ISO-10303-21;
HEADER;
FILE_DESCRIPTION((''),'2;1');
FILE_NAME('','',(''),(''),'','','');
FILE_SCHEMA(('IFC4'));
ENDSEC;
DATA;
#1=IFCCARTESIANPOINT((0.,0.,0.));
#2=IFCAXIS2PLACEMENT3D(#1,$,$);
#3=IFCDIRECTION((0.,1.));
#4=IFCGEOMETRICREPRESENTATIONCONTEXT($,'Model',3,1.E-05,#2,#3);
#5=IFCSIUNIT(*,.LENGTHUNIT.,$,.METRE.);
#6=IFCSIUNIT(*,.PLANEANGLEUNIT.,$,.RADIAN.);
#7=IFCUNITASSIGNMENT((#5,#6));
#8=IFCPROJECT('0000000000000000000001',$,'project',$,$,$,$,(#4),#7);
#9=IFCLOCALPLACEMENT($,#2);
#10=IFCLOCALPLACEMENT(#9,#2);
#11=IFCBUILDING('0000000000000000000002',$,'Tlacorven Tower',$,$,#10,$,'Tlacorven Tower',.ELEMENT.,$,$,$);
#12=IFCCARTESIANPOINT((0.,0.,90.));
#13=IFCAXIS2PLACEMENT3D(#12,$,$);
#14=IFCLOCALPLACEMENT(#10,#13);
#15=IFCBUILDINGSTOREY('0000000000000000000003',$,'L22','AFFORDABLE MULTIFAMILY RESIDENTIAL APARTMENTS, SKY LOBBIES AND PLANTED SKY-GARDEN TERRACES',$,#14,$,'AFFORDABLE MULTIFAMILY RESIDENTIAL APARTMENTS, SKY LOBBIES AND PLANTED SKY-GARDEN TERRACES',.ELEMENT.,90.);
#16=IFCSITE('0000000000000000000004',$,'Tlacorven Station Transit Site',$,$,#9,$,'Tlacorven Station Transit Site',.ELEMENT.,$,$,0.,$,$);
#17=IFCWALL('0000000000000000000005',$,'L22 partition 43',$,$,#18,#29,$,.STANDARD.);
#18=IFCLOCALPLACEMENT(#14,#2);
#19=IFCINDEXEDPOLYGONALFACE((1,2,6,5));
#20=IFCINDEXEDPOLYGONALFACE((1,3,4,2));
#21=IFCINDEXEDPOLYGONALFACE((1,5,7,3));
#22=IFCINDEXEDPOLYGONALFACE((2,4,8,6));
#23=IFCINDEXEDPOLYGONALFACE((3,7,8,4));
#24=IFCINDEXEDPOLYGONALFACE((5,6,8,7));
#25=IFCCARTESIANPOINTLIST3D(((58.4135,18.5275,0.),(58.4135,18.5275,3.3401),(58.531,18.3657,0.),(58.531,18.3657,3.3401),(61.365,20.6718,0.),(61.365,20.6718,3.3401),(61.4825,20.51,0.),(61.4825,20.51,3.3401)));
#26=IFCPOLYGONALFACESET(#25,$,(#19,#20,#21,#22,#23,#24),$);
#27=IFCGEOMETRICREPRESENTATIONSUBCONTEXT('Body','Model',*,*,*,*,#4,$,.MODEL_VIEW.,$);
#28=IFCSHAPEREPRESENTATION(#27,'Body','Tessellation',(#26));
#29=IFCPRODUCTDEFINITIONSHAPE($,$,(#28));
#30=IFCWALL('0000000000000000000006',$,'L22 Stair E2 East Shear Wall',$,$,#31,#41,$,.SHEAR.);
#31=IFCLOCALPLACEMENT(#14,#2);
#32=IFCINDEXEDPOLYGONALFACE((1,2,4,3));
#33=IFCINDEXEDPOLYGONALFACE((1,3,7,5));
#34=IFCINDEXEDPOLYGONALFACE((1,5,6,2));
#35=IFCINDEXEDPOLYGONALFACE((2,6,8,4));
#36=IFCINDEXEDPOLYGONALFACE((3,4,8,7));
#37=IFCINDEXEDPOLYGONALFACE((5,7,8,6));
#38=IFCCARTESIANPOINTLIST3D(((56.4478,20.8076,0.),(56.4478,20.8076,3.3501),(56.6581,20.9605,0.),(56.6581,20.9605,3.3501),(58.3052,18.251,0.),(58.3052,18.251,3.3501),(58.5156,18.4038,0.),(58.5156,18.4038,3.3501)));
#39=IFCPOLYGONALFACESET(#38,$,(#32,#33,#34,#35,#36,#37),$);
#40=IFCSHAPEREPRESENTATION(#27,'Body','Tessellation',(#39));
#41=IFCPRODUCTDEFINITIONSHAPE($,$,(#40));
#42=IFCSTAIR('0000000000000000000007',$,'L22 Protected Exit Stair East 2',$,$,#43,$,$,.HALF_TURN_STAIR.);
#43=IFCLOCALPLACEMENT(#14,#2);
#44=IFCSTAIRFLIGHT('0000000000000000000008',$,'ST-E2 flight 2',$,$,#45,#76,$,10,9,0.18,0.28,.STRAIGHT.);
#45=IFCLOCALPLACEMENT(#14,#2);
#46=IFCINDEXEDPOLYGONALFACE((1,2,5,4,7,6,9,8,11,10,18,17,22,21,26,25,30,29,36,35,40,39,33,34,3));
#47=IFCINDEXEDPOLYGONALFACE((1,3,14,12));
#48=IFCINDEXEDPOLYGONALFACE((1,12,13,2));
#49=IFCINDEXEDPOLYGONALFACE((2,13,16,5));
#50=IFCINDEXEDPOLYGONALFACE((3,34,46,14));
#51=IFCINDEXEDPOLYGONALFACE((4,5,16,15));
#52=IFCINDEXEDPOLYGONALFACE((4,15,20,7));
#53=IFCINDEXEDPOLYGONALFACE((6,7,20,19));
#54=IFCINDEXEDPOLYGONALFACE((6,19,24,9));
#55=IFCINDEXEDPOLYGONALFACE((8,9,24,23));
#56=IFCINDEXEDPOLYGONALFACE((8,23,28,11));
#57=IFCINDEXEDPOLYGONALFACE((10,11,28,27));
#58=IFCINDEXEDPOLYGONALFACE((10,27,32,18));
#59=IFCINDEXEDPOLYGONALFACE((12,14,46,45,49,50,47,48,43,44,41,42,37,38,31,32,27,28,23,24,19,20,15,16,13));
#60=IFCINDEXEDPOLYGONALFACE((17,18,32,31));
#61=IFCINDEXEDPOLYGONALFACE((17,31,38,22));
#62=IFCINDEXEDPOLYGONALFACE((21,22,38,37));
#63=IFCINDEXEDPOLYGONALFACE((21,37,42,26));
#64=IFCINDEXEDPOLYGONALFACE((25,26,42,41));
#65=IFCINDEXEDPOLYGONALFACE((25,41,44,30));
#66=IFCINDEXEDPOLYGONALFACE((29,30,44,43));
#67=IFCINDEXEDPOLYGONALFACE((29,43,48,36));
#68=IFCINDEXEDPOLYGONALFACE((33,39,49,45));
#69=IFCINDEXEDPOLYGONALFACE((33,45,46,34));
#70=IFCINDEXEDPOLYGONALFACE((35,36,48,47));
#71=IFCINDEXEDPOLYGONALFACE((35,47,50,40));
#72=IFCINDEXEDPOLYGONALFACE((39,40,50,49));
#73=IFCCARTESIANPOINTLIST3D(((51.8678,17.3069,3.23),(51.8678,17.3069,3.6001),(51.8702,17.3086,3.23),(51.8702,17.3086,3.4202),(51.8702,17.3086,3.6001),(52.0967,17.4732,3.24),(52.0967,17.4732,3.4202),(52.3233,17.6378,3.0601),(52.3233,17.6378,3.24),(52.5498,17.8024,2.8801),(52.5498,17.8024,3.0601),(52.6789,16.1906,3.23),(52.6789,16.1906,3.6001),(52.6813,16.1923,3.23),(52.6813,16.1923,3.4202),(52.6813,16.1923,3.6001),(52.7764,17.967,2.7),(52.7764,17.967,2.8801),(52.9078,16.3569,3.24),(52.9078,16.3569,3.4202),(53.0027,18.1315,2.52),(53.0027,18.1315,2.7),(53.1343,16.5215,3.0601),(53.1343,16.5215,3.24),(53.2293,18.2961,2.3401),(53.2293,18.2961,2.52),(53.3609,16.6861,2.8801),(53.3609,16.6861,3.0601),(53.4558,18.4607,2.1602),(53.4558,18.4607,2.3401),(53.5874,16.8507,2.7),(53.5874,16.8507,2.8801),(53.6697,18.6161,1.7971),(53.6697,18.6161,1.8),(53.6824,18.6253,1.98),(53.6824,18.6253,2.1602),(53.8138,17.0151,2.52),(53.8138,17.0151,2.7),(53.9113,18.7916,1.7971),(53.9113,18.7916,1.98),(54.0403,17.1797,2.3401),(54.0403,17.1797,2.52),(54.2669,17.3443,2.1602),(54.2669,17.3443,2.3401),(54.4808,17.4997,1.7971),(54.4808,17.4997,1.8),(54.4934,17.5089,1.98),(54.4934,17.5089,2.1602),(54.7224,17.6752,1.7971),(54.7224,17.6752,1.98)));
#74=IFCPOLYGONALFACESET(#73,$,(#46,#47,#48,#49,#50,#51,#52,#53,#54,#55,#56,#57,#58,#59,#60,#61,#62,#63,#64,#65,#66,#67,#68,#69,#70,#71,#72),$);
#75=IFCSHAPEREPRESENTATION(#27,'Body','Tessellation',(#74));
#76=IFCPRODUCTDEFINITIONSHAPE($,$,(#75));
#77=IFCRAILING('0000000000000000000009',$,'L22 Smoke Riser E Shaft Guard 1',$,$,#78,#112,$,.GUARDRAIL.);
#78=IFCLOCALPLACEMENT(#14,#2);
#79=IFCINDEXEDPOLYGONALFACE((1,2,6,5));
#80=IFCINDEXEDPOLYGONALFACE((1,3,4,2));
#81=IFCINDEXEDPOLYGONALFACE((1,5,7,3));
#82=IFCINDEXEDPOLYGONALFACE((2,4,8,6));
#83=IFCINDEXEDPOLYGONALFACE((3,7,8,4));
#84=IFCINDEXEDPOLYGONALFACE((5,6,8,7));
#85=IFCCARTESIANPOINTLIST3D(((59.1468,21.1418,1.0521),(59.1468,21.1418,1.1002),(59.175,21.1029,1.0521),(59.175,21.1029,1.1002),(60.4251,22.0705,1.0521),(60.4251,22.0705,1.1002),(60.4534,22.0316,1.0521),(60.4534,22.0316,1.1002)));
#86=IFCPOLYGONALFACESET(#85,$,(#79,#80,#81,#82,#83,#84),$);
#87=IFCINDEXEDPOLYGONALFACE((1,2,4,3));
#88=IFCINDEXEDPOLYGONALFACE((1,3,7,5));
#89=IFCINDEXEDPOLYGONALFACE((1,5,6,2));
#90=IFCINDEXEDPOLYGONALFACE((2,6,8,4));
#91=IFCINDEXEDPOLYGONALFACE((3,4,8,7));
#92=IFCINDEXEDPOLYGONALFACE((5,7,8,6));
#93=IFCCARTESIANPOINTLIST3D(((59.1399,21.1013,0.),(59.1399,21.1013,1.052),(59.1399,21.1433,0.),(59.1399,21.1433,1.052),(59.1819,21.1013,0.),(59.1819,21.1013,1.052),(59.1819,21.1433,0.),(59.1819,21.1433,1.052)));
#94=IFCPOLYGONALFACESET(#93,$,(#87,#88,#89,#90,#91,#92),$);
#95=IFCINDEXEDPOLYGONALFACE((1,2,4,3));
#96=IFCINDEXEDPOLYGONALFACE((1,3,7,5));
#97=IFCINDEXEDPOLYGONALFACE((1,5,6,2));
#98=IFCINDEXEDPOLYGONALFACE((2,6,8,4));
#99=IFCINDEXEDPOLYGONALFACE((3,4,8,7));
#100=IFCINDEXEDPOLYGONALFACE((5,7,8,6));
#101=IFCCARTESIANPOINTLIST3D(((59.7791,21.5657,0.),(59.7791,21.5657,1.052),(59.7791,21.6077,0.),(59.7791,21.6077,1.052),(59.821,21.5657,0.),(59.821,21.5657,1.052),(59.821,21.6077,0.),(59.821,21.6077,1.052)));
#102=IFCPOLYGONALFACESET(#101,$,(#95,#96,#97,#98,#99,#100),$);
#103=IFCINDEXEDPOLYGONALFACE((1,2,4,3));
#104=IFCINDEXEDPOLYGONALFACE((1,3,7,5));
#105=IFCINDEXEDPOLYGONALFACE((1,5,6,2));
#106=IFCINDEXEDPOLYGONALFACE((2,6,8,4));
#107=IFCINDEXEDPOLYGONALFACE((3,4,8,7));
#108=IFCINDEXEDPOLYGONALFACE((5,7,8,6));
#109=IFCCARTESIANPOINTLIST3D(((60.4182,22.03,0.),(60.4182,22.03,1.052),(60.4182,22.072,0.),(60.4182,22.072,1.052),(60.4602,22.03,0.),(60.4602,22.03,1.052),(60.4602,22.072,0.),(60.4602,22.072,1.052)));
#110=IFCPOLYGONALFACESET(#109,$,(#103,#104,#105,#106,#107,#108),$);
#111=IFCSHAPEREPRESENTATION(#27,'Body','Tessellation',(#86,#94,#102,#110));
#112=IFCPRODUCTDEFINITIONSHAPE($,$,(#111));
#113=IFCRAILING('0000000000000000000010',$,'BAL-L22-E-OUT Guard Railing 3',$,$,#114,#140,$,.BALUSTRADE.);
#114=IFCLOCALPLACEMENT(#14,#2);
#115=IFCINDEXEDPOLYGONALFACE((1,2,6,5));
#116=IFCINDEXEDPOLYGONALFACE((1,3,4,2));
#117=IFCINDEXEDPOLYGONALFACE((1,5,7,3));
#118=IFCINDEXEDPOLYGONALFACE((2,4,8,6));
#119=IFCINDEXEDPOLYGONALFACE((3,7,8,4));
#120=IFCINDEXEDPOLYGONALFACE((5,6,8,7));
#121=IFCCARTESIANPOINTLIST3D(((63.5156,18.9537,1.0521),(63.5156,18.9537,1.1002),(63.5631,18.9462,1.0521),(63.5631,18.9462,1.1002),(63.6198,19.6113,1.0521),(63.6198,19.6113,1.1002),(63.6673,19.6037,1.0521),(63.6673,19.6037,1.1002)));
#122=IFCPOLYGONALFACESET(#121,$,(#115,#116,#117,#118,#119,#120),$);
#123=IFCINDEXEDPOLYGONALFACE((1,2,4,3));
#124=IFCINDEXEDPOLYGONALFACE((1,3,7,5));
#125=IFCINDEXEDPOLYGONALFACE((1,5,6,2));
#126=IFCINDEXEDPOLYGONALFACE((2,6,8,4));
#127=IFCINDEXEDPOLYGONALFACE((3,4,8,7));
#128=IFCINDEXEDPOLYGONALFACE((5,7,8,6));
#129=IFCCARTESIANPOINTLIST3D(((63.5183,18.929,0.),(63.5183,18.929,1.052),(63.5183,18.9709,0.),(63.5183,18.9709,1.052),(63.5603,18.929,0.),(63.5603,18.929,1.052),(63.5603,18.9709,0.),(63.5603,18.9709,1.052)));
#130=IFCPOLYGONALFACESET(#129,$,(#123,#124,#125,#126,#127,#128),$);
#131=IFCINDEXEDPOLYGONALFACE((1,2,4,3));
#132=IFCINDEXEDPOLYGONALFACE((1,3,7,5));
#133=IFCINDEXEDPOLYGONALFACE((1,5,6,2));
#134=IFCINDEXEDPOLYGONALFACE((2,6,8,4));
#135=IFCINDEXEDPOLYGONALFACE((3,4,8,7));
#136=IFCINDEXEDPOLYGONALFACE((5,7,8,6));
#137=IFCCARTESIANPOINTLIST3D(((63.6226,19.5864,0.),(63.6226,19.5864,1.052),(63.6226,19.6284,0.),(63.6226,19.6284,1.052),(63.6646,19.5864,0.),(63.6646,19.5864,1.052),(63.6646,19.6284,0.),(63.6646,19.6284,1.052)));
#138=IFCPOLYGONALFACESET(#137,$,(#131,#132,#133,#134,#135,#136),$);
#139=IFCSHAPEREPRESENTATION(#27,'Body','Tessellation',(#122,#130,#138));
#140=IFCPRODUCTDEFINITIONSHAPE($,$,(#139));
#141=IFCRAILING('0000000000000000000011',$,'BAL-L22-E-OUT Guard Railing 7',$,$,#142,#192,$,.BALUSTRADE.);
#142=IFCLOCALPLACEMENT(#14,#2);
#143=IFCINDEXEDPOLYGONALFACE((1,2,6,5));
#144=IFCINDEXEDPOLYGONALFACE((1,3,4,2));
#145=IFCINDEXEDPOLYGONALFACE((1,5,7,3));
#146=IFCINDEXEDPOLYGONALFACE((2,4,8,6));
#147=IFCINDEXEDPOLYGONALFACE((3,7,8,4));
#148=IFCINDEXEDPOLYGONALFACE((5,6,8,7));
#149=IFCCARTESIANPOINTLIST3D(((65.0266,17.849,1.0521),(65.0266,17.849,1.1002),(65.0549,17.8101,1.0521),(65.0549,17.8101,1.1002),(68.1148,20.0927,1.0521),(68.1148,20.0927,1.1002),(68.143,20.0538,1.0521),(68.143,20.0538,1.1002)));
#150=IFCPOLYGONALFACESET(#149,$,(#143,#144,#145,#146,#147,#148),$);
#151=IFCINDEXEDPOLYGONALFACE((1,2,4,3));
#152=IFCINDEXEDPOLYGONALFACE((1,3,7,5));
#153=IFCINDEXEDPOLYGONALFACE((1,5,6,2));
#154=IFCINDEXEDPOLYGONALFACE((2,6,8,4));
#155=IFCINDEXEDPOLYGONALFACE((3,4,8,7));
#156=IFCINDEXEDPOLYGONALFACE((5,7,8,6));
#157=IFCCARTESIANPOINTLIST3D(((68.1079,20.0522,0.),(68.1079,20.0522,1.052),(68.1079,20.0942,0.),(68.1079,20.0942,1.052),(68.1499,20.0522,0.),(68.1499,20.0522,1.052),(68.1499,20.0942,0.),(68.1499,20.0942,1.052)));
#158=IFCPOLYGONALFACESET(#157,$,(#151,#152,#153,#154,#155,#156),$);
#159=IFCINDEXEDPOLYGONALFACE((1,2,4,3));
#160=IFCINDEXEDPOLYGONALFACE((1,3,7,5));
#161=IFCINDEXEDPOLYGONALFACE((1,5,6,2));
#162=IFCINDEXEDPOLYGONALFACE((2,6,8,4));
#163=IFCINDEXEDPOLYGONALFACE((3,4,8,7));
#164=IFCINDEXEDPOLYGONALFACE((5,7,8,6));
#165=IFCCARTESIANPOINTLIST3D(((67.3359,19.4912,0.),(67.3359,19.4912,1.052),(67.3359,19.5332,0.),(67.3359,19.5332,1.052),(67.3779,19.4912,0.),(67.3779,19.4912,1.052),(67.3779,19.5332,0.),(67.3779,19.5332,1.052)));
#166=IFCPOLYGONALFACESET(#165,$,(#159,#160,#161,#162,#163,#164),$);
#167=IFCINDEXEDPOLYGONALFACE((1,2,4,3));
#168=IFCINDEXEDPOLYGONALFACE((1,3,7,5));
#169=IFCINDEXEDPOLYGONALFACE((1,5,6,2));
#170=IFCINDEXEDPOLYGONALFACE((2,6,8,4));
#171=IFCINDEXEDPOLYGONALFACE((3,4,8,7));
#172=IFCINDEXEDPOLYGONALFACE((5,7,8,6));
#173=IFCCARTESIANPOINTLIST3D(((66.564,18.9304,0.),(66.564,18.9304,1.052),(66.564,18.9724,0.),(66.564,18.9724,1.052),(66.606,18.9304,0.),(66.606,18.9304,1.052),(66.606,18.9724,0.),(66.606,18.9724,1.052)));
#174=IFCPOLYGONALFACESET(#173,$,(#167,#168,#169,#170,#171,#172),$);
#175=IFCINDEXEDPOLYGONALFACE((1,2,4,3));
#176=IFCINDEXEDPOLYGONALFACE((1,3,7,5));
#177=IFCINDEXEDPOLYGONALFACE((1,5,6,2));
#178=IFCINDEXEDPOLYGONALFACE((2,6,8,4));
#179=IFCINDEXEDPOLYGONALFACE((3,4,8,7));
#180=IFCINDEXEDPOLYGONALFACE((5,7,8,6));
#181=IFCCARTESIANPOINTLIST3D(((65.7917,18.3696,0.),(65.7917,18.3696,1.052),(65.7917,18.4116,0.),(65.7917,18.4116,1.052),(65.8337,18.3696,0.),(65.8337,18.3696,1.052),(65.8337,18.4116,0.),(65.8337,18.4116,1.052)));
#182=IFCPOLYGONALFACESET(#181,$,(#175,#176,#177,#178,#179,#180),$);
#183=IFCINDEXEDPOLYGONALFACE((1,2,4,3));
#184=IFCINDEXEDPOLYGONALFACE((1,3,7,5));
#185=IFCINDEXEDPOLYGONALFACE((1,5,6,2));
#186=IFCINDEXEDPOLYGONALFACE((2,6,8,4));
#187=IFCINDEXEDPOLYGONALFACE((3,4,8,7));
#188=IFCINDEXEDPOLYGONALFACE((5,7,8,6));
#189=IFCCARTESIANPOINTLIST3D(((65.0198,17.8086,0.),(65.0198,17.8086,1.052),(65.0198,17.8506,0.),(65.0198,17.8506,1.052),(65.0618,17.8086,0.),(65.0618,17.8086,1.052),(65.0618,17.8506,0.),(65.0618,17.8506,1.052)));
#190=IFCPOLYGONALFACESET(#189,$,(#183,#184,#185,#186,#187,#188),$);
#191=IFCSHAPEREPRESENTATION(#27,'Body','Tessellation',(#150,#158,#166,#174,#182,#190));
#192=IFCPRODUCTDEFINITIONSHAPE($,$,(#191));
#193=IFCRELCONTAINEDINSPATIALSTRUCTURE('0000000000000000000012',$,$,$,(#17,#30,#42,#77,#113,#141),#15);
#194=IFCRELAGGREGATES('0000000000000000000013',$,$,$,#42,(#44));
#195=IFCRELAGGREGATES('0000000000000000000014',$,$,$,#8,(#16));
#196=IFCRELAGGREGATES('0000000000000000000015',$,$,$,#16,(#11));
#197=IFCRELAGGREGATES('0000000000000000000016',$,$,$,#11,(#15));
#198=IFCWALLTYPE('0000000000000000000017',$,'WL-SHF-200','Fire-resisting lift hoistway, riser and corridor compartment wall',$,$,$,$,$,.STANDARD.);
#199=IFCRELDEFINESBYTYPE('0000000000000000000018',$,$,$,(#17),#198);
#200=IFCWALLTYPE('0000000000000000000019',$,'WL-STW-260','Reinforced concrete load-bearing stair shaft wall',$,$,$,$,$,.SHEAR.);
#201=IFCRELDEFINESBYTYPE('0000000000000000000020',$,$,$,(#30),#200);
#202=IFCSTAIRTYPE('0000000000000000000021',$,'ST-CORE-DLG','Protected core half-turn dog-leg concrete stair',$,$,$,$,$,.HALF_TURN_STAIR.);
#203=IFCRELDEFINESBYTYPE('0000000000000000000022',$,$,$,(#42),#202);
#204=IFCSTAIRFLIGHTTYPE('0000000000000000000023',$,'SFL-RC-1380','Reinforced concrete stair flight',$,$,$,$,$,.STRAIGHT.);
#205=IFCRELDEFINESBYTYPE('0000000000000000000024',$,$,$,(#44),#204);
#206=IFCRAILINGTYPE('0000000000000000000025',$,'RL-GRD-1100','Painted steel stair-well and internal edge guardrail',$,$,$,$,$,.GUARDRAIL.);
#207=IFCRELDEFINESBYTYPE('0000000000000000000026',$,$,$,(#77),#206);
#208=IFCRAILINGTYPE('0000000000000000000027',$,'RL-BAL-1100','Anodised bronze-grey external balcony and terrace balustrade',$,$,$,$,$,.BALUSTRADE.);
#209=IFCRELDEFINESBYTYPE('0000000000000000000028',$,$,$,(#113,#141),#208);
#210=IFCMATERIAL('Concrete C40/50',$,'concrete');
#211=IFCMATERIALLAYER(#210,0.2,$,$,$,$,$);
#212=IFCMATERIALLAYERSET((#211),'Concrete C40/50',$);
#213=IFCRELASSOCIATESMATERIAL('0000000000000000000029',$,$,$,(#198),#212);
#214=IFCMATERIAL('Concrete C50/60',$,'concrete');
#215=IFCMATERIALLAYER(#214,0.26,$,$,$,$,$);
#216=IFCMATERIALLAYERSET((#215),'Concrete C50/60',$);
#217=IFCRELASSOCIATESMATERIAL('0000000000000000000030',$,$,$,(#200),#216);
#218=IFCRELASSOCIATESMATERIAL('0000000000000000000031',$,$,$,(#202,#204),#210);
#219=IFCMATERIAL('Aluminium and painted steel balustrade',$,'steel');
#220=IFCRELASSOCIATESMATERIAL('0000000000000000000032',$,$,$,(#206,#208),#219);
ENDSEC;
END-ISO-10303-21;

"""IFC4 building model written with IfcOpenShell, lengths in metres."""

from ifc_helpers import new_model, si_unit, direction, frame, frame_2d, origin, origin_2d, place, context, subcontext, project, spatial, polyline, rectangle, outline, extrude, source, transform, mapped, material, layer, layer_set, type_object, element, aggregate, save


model = new_model("IFC4")

# Units and contexts
model_context = context("Model", 3, precision=1e-05, world=origin(), true_north=direction((0.0, 1.0)))
body_context = subcontext(model_context, "Body", "Model", "MODEL_VIEW")
ifc_project = project(units=[si_unit("LENGTHUNIT", "METRE"), si_unit("PLANEANGLEUNIT", "RADIAN")], contexts=[model_context])

# Site, building, storey
site_placement = place(None, origin())
site = spatial("IfcSite", under=ifc_project, at=site_placement, Name="Tlacorven Station Transit Site", LongName="Tlacorven Station Transit Site", CompositionType="ELEMENT", RefElevation=0.0)
building_placement = place(site_placement, origin())
building = spatial("IfcBuilding", under=site, at=building_placement, Name="Tlacorven Tower", LongName="Tlacorven Tower", CompositionType="ELEMENT")
storey_placement = place(building_placement, frame((0.0, 0.0, 90.0)))
storey = spatial("IfcBuildingStorey", under=building, at=storey_placement, Name="L22", Description="AFFORDABLE MULTIFAMILY RESIDENTIAL APARTMENTS, SKY LOBBIES AND PLANTED SKY-GARDEN TERRACES", LongName="AFFORDABLE MULTIFAMILY RESIDENTIAL APARTMENTS, SKY LOBBIES AND PLANTED SKY-GARDEN TERRACES", CompositionType="ELEMENT", Elevation=90.0)

# Shared definitions
ifc_material_1 = material(Name="Concrete C40/50", Category="concrete")
ifc_layer_1 = layer(ifc_material_1, 0.2)
ifc_layer_set_1 = layer_set([ifc_layer_1], Name="Concrete C40/50")
wall_type_1 = type_object("IfcWallType", Name="WL-SHF-200", Description="Fire-resisting lift hoistway, riser and corridor compartment wall", PredefinedType="STANDARD", material=ifc_layer_set_1)

# Walls
wall_1_placement = place(storey_placement, frame((58.4722, 18.4465, 0.0), z_axis=(0.0, 0.0, 1.0), x_axis=(0.809022, 0.587778, 0.0)))
element("IfcWall", 1, at=wall_1_placement, inside=storey, type_object=wall_type_1, Name="L22 partition 43", PredefinedType="STANDARD", context=body_context, shape_type="SweptSolid", body=[
    extrude(rectangle(XDim=3.6482, YDim=0.2, at=frame_2d((1.8242, 0.0))), origin(), (0.0, 0.0, 1.0), 3.3401),
])
ifc_material_2 = material(Name="Concrete C50/60", Category="concrete")
ifc_layer_2 = layer(ifc_material_2, 0.26)
ifc_layer_set_2 = layer_set([ifc_layer_2], Name="Concrete C50/60")
wall_type_2 = type_object("IfcWallType", Name="WL-STW-260", Description="Reinforced concrete load-bearing stair shaft wall", PredefinedType="SHEAR", material=ifc_layer_set_2)
wall_2_placement = place(storey_placement, frame((58.4104, 18.3274, 0.0), z_axis=(0.0, 0.0, 1.0), x_axis=(-0.587767, 0.80903, 0.0)))
element("IfcWall", 2, at=wall_2_placement, inside=storey, type_object=wall_type_2, Name="L22 Stair E2 East Shear Wall", PredefinedType="SHEAR", context=body_context, shape_type="SweptSolid", body=[
    extrude(rectangle(XDim=3.1602, YDim=0.26, at=frame_2d((1.5801, 0.0))), origin(), (0.0, 0.0, 1.0), 3.3501),
])

# Stair, stair flight
stair_type = type_object("IfcStairType", Name="ST-CORE-DLG", Description="Protected core half-turn dog-leg concrete stair", PredefinedType="HALF_TURN_STAIR", material=ifc_material_1)
stair_placement = place(storey_placement, origin())
stair = element("IfcStair", 3, at=stair_placement, inside=storey, type_object=stair_type, Name="L22 Protected Exit Stair East 2", PredefinedType="HALF_TURN_STAIR")
stair_flight_type = type_object("IfcStairFlightType", Name="SFL-RC-1380", Description="Reinforced concrete stair flight", PredefinedType="STRAIGHT", material=ifc_material_1)
shared_shape_1 = source(origin(), body_context, "Body", "SweptSolid", [
    extrude(outline(polyline([(-0.0029, -0.0029), (-0.0029, 0.1799), (0.28, 0.1799), (0.28, 0.3601), (0.5601, 0.3601), (0.5601, 0.54), (0.8401, 0.54), (0.8401, 0.72), (1.1201, 0.72), (1.1201, 0.8999), (1.3999, 0.8999), (1.3999, 1.0801), (1.6799, 1.0801), (1.6799, 1.26), (1.96, 1.26), (1.96, 1.4399), (2.24, 1.4399), (2.24, 1.6201), (2.52, 1.6201), (2.52, 1.8), (2.5229, 1.8), (2.5229, 1.4299), (2.52, 1.4299), (0.2957, 0.0), (0.2957, -0.0029), (-0.0029, -0.0029)])), frame((0.0, 0.6899, 0.0), z_axis=(0.0, -1.0, 0.0), x_axis=(1.0, 0.0, 0.0)), (0.0, 0.0, 1.0), 1.3799),
])
stair_flight_placement = place(storey_placement, frame((54.3145, 18.2317, 1.8), z_axis=(0.0, 0.0, 1.0), x_axis=(-0.809017, -0.587785, 0.0)))
stair_flight = element("IfcStairFlight", 4, at=stair_flight_placement, type_object=stair_flight_type, Name="ST-E2 flight 2", NumberOfRisers=10, NumberOfTreads=9, PredefinedType="STRAIGHT", RiserHeight=0.18, TreadLength=0.28, context=body_context, shape_type="MappedRepresentation", body=[
    mapped(shared_shape_1, transform((0.0, 0.0, 0.0), scale=1.0)),
])
aggregate(stair, [stair_flight])

# Railings
ifc_material_3 = material(Name="Aluminium and painted steel balustrade", Category="steel")
railing_type_1 = type_object("IfcRailingType", Name="RL-GRD-1100", Description="Painted steel stair-well and internal edge guardrail", PredefinedType="GUARDRAIL", material=ifc_material_3)
shared_shape_2 = source(origin(), body_context, "Body", "SweptSolid", [
    extrude(rectangle(XDim=0.0481, YDim=0.0481, at=origin_2d()), frame((0.0, 0.0, 1.0762), z_axis=(0.80903, 0.587767, 0.0), x_axis=(-0.587767, 0.80903, 0.0)), (0.0, 0.0, 1.0), 1.5801),
    extrude(rectangle(XDim=0.042, YDim=0.042, at=origin_2d()), origin(), (0.0, 0.0, 1.0), 1.052),
    extrude(rectangle(XDim=0.042, YDim=0.042, at=origin_2d()), frame((0.6392, 0.4644, 0.0)), (0.0, 0.0, 1.0), 1.052),
    extrude(rectangle(XDim=0.042, YDim=0.042, at=origin_2d()), frame((1.2783, 0.9287, 0.0)), (0.0, 0.0, 1.0), 1.052),
])
railing_1_placement = place(storey_placement, frame((59.1609, 21.1223, 0.0)))
element("IfcRailing", 5, at=railing_1_placement, inside=storey, type_object=railing_type_1, Name="L22 Smoke Riser E Shaft Guard 1", PredefinedType="GUARDRAIL", context=body_context, shape_type="MappedRepresentation", body=[
    mapped(shared_shape_2, transform((0.0, 0.0, 0.0), scale=1.0)),
])
railing_type_2 = type_object("IfcRailingType", Name="RL-BAL-1100", Description="Anodised bronze-grey external balcony and terrace balustrade", PredefinedType="BALUSTRADE", material=ifc_material_3)
shared_shape_3 = source(origin(), body_context, "Body", "SweptSolid", [
    extrude(rectangle(XDim=0.0481, YDim=0.0481, at=origin_2d()), frame((0.0, 0.0, 1.0762), z_axis=(0.156603, 0.987662, 0.0), x_axis=(-0.987662, 0.156603, 0.0)), (0.0, 0.0, 1.0), 0.6658),
    extrude(rectangle(XDim=0.042, YDim=0.042, at=origin_2d()), origin(), (0.0, 0.0, 1.0), 1.052),
    extrude(rectangle(XDim=0.042, YDim=0.042, at=origin_2d()), frame((0.1042, 0.6575, 0.0)), (0.0, 0.0, 1.0), 1.052),
])
railing_2_placement = place(storey_placement, frame((63.5393, 18.95, 0.0)))
element("IfcRailing", 6, at=railing_2_placement, inside=storey, type_object=railing_type_2, Name="BAL-L22-E-OUT Guard Railing 3", PredefinedType="BALUSTRADE", context=body_context, shape_type="MappedRepresentation", body=[
    mapped(shared_shape_3, transform((0.0, 0.0, 0.0), scale=1.0)),
])
shared_shape_4 = source(origin(), body_context, "Body", "SweptSolid", [
    extrude(rectangle(XDim=0.0481, YDim=0.0481, at=origin_2d()), frame((0.0, 0.0, 1.0762), z_axis=(-0.809018, -0.587784, 0.0), x_axis=(0.587784, -0.809018, 0.0)), (0.0, 0.0, 1.0), 3.8171),
    extrude(rectangle(XDim=0.042, YDim=0.042, at=origin_2d()), origin(), (0.0, 0.0, 1.0), 1.052),
    extrude(rectangle(XDim=0.042, YDim=0.042, at=origin_2d()), frame((-0.772, -0.561, 0.0)), (0.0, 0.0, 1.0), 1.052),
    extrude(rectangle(XDim=0.042, YDim=0.042, at=origin_2d()), frame((-1.5439, -1.1218, 0.0)), (0.0, 0.0, 1.0), 1.052),
    extrude(rectangle(XDim=0.042, YDim=0.042, at=origin_2d()), frame((-2.3162, -1.6826, 0.0)), (0.0, 0.0, 1.0), 1.052),
    extrude(rectangle(XDim=0.042, YDim=0.042, at=origin_2d()), frame((-3.0881, -2.2437, 0.0)), (0.0, 0.0, 1.0), 1.052),
])
railing_3_placement = place(storey_placement, frame((68.1289, 20.0732, 0.0)))
element("IfcRailing", 7, at=railing_3_placement, inside=storey, type_object=railing_type_2, Name="BAL-L22-E-OUT Guard Railing 7", PredefinedType="BALUSTRADE", context=body_context, shape_type="MappedRepresentation", body=[
    mapped(shared_shape_4, transform((0.0, 0.0, 0.0), scale=1.0)),
])

save(model, "model.ifc")
